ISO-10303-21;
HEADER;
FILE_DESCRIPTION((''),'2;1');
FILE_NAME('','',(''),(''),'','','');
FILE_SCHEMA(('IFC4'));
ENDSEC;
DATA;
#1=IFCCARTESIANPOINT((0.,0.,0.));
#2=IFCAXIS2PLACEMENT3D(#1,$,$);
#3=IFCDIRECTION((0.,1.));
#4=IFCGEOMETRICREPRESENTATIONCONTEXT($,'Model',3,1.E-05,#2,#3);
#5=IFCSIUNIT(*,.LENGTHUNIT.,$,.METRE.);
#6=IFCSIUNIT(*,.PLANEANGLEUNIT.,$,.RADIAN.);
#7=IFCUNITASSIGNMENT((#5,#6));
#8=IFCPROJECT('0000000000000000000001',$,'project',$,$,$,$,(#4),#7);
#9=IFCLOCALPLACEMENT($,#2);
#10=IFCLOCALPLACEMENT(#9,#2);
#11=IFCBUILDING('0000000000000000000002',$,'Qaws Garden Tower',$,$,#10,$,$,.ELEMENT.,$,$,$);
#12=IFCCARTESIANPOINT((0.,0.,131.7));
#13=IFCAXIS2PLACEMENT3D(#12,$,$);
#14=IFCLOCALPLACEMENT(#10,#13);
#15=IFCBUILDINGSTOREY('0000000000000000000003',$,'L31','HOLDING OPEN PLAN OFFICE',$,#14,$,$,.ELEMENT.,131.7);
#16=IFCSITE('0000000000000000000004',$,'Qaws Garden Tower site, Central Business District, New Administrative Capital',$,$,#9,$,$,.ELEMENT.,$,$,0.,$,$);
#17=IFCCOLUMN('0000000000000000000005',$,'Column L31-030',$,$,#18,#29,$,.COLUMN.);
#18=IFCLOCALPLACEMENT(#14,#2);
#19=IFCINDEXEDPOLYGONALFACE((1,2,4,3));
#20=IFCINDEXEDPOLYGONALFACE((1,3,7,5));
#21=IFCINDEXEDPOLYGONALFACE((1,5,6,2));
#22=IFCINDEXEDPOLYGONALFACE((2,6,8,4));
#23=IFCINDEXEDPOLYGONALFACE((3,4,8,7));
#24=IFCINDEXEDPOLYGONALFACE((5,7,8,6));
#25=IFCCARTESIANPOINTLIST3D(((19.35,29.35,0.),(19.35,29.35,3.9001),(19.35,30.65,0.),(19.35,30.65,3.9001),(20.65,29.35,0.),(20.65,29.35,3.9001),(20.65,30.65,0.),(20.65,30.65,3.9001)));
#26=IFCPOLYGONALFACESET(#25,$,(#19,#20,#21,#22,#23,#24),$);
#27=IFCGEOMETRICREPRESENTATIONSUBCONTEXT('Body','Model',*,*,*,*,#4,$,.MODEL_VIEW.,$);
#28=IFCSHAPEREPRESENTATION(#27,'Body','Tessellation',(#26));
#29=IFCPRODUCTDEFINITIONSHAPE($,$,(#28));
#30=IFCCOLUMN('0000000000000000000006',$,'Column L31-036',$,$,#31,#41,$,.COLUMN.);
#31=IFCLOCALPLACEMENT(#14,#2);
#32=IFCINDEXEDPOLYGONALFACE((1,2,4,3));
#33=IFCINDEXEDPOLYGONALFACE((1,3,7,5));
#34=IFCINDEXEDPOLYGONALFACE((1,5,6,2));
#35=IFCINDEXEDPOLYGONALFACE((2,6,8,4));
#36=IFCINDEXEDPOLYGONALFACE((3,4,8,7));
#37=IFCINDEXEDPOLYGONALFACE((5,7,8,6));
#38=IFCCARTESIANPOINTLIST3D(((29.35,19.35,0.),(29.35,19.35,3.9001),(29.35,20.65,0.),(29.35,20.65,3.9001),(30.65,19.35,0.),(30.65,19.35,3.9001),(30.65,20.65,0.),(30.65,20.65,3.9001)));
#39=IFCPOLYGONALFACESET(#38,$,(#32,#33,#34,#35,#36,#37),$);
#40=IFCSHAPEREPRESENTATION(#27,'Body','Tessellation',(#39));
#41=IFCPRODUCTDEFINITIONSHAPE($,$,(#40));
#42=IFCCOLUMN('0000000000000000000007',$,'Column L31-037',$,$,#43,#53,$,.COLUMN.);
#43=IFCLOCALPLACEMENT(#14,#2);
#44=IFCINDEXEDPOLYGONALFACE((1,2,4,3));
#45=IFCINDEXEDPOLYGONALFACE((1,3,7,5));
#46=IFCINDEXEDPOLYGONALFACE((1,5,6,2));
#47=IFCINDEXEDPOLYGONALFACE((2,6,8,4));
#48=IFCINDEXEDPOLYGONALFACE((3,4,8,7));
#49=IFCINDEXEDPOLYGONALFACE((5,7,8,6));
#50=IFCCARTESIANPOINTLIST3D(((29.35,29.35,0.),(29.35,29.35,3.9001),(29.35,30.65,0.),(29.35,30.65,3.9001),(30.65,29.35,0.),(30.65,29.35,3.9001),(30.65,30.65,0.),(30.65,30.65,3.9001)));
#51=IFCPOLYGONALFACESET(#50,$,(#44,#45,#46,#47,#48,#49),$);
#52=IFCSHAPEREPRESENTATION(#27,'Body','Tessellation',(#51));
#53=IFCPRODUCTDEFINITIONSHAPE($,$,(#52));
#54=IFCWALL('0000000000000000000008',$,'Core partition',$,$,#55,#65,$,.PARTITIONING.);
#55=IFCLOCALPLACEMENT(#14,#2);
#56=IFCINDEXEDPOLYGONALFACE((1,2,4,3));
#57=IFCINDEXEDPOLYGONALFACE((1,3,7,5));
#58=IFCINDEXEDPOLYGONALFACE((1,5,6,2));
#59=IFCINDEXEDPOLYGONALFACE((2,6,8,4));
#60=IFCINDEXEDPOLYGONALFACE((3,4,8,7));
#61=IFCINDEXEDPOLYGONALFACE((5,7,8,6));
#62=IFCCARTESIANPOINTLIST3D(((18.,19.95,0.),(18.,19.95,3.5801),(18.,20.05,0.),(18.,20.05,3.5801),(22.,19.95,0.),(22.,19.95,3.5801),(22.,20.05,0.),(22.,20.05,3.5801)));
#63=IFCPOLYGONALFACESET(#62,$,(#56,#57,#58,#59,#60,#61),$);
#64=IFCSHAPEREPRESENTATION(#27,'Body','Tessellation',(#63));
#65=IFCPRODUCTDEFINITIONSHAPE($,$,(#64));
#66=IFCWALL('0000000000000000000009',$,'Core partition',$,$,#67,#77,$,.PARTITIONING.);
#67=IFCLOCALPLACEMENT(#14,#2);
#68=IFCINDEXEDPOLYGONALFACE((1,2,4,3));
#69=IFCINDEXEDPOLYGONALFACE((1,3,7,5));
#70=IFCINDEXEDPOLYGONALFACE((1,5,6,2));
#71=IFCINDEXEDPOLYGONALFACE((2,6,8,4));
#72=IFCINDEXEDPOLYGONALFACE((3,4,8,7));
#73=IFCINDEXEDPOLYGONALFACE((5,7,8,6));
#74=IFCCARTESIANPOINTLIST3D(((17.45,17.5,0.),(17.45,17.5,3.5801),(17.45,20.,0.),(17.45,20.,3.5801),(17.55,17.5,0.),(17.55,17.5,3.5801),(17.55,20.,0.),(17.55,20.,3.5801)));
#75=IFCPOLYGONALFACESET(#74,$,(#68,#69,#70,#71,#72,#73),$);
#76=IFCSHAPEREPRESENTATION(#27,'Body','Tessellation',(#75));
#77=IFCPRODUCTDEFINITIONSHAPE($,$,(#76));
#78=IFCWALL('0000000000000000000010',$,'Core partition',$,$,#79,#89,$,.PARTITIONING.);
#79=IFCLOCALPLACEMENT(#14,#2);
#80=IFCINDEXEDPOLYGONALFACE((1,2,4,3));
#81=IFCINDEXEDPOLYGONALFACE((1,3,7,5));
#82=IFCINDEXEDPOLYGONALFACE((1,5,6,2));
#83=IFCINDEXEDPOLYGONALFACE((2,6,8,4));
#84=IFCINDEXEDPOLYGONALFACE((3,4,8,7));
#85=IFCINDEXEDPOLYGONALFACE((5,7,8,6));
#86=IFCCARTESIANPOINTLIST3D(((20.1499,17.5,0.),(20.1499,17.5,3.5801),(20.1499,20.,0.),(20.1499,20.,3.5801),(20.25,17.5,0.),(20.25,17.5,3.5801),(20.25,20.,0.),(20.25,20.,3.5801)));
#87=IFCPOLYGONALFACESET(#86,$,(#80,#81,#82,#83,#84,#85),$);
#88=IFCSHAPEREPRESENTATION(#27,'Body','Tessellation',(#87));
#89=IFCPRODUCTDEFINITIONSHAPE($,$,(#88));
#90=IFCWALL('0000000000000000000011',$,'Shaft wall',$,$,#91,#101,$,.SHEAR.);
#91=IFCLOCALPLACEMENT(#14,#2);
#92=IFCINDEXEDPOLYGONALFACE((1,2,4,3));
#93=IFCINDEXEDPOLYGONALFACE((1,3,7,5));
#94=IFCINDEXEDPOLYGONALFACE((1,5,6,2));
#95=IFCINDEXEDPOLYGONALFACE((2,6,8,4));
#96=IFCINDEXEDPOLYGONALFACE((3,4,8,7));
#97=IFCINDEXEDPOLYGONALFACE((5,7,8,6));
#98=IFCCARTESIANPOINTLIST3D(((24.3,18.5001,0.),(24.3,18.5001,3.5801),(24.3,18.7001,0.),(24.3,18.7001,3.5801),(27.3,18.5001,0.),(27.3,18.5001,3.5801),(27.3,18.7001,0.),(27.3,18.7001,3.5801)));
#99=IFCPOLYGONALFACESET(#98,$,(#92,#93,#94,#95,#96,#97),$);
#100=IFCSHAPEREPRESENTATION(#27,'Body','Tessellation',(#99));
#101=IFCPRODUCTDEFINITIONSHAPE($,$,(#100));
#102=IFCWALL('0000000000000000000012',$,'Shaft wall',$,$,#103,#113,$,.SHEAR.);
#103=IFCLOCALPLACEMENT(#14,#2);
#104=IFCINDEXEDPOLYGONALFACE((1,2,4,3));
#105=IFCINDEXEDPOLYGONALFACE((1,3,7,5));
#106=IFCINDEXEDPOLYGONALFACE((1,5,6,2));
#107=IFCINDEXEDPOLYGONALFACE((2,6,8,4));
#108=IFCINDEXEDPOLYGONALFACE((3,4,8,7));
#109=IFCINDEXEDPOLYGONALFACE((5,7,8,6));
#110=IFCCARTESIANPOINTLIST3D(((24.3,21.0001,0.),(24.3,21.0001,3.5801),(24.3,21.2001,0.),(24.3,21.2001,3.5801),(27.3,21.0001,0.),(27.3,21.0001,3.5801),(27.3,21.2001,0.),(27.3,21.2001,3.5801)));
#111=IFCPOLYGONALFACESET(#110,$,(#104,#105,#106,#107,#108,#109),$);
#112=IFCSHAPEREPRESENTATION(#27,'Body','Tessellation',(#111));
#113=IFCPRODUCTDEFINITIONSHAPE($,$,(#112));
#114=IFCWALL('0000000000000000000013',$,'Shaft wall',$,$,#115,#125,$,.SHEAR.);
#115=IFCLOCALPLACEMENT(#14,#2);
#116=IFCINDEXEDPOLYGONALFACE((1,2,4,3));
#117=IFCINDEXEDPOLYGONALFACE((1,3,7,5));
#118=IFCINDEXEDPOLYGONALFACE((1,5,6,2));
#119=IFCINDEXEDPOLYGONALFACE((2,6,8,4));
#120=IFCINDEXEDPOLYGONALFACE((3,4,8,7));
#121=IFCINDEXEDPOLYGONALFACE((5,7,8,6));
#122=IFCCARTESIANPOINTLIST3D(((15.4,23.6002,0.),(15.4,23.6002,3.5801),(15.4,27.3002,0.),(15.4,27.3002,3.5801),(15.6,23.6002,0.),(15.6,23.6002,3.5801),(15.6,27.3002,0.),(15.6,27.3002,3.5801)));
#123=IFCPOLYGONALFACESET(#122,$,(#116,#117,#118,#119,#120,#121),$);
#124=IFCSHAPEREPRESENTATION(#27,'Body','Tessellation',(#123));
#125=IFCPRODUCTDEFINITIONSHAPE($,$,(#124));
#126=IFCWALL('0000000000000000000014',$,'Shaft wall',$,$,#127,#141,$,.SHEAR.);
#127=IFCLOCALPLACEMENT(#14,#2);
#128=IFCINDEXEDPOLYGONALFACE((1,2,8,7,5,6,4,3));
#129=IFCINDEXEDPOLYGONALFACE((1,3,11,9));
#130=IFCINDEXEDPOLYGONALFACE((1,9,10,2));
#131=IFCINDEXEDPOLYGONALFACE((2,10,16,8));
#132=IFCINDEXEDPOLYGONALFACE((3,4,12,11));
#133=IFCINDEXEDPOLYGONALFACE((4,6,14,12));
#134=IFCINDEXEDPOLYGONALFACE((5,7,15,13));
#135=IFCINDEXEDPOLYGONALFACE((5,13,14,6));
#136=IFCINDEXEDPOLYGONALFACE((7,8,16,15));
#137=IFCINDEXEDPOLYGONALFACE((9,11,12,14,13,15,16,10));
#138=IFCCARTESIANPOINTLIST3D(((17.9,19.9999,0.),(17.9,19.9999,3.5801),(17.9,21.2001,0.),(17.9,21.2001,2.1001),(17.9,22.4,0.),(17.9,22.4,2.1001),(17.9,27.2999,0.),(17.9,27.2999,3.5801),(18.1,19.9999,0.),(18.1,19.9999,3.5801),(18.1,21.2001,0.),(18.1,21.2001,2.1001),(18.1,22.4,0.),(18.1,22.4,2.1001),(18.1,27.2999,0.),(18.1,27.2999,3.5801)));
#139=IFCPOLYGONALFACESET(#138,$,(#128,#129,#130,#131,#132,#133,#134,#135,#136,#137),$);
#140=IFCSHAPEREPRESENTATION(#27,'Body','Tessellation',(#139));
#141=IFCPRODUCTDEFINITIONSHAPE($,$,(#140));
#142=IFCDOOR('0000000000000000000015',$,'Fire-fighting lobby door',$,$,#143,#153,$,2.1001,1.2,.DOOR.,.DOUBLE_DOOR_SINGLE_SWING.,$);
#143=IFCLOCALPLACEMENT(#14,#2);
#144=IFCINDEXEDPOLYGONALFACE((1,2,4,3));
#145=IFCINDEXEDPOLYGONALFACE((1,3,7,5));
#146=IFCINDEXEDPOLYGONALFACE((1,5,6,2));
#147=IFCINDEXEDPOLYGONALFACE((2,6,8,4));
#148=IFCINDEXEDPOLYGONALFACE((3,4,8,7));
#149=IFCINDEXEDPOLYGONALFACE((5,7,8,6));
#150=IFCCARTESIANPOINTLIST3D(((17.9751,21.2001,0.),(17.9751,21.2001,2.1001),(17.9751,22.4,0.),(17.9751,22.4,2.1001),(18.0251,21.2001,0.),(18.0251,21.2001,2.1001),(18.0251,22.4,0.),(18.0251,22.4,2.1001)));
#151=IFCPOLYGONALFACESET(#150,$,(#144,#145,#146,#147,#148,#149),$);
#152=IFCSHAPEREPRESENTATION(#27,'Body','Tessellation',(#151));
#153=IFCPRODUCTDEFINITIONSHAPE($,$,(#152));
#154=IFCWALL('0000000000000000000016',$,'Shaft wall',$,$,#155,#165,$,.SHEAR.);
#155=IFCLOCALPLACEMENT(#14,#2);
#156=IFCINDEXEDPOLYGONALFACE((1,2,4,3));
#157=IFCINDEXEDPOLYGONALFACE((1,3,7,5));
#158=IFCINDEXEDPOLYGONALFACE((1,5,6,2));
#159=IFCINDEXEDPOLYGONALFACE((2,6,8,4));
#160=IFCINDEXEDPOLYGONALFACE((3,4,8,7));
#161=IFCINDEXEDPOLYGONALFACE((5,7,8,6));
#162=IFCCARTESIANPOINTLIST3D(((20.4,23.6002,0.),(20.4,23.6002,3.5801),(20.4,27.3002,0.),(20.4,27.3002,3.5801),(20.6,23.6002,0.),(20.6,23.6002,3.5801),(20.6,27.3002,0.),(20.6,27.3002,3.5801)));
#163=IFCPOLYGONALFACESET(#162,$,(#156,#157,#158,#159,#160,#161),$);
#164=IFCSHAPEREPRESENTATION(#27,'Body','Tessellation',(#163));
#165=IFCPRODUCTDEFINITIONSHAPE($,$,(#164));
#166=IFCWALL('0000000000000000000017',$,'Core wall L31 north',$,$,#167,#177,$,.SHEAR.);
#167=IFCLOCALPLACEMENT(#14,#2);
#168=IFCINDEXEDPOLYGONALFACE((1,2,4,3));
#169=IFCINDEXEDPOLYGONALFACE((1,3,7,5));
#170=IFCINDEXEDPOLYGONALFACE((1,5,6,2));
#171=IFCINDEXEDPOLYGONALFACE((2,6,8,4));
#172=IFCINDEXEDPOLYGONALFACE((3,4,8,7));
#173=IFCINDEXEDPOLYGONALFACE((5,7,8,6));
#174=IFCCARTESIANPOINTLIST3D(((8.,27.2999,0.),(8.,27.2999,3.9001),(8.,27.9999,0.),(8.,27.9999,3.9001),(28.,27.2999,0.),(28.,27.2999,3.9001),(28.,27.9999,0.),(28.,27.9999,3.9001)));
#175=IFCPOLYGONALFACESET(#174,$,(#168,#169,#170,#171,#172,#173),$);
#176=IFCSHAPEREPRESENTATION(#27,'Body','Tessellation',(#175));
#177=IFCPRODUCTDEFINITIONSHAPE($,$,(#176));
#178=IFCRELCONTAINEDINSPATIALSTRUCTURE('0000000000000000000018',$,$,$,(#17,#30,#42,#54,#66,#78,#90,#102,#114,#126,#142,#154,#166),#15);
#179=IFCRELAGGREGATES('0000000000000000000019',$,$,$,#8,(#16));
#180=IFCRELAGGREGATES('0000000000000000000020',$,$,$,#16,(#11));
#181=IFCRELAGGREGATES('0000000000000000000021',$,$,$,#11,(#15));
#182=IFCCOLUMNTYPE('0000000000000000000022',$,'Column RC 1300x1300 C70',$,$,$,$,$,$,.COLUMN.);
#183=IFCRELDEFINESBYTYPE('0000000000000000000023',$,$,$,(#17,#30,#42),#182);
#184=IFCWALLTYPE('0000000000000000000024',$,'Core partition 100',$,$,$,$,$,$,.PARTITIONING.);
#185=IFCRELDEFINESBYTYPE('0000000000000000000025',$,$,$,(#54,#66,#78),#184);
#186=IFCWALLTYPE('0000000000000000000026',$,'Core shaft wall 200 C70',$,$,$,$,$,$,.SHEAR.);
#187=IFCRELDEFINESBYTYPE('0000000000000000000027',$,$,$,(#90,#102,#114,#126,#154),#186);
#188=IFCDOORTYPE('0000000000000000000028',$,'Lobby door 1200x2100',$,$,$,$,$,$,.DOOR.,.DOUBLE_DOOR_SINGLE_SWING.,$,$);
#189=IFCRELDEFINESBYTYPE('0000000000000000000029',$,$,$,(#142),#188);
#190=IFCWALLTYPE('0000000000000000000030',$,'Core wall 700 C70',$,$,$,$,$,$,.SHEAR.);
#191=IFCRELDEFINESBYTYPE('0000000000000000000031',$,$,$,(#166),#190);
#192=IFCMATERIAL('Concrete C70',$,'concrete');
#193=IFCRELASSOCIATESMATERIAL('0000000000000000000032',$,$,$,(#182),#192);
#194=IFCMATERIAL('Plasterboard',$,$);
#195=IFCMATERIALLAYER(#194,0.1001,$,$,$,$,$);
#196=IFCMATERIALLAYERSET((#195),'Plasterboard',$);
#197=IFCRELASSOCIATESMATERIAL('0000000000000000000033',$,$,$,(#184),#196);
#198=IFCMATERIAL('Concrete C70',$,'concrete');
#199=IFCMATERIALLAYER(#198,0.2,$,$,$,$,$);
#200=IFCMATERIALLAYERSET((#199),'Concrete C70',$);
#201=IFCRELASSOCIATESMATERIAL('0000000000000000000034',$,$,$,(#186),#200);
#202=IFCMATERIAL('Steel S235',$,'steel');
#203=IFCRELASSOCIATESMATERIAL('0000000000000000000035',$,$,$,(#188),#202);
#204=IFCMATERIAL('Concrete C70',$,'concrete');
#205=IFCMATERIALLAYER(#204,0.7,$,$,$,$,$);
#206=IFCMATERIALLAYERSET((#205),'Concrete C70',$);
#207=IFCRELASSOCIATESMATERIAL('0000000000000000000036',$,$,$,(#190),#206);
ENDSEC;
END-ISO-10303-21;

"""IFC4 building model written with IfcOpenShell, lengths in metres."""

from ifc_helpers import new_model, si_unit, direction, frame, frame_2d, origin, origin_2d, place, context, subcontext, project, spatial, rectangle, extrude, material, layer, layer_set, material_profile, profile_set, type_object, element, fill, save


model = new_model("IFC4")

# Units and contexts
model_context = context("Model", 3, precision=1e-05, world=origin(), true_north=direction((0.0, 1.0)))
body_context = subcontext(model_context, "Body", "Model", "MODEL_VIEW")
ifc_project = project(units=[si_unit("LENGTHUNIT", "METRE"), si_unit("PLANEANGLEUNIT", "RADIAN")], contexts=[model_context])

# Site, building, storey
site_placement = place(None, origin())
site = spatial("IfcSite", under=ifc_project, at=site_placement, Name="Qaws Garden Tower site, Central Business District, New Administrative Capital", CompositionType="ELEMENT", RefElevation=0.0)
building_placement = place(site_placement, origin())
building = spatial("IfcBuilding", under=site, at=building_placement, Name="Qaws Garden Tower", CompositionType="ELEMENT")
storey_placement = place(building_placement, frame((0.0, 0.0, 131.7)))
storey = spatial("IfcBuildingStorey", under=building, at=storey_placement, Name="L31", Description="HOLDING OPEN PLAN OFFICE", CompositionType="ELEMENT", Elevation=131.7)

# Columns
ifc_material_1 = material(Name="Concrete C70", Category="concrete")
ifc_material_profile = material_profile(ifc_material_1, rectangle(XDim=1.3, YDim=1.3, at=origin_2d()), Name="RC 1300x1300")
ifc_profile_set = profile_set([ifc_material_profile], Name="Concrete C70")
column_type = type_object("IfcColumnType", Name="Column RC 1300x1300 C70", PredefinedType="COLUMN", material=ifc_profile_set)
for number, where, z_axis, x_axis, name in (
    (1, (20.0, 30.0, 0.0), (0.0, 0.0, 1.0), (1.0, 0.0, 0.0), "Column L31-030"),
    (2, (30.0, 20.0, 0.0), (0.0, 0.0, 1.0), (1.0, 0.0, 0.0), "Column L31-036"),
    (3, (30.0, 30.0, 0.0), (0.0, 0.0, 1.0), (1.0, 0.0, 0.0), "Column L31-037"),
):
    element("IfcColumn", number, at=place(storey_placement, frame(where, z_axis=z_axis, x_axis=x_axis)), inside=storey, type_object=column_type, Name=name, PredefinedType="COLUMN", context=body_context, shape_type="SweptSolid", body=[
        extrude(rectangle(XDim=1.3, YDim=1.3, at=origin_2d()), origin(), (0.0, 0.0, 1.0), 3.9001),
    ])

# Walls
ifc_material_2 = material(Name="Plasterboard")
ifc_layer_1 = layer(ifc_material_2, 0.1001)
ifc_layer_set_1 = layer_set([ifc_layer_1], Name="Plasterboard")
wall_type_1 = type_object("IfcWallType", Name="Core partition 100", PredefinedType="PARTITIONING", material=ifc_layer_set_1)
wall_1_placement = place(storey_placement, frame((18.0, 20.0, 0.0), z_axis=(0.0, 0.0, 1.0), x_axis=(1.0, 0.0, 0.0)))
element("IfcWall", 4, at=wall_1_placement, inside=storey, type_object=wall_type_1, Name="Core partition", PredefinedType="PARTITIONING", context=body_context, shape_type="SweptSolid", body=[
    extrude(rectangle(XDim=4.0, YDim=0.1001, at=frame_2d((2.0, 0.0))), origin(), (0.0, 0.0, 1.0), 3.5801),
])
for number, where, z_axis, x_axis, name in (
    (5, (17.5, 17.5, 0.0), (0.0, 0.0, 1.0), (0.0, 1.0, 0.0), "Core partition"),
    (6, (20.2, 17.5, 0.0), (0.0, 0.0, 1.0), (0.0, 1.0, 0.0), "Core partition"),
):
    element("IfcWall", number, at=place(storey_placement, frame(where, z_axis=z_axis, x_axis=x_axis)), inside=storey, type_object=wall_type_1, Name=name, PredefinedType="PARTITIONING", context=body_context, shape_type="SweptSolid", body=[
        extrude(rectangle(XDim=2.5, YDim=0.1001, at=frame_2d((1.25, 0.0))), origin(), (0.0, 0.0, 1.0), 3.5801),
    ])
ifc_material_3 = material(Name="Concrete C70", Category="concrete")
ifc_layer_2 = layer(ifc_material_3, 0.2)
ifc_layer_set_2 = layer_set([ifc_layer_2], Name="Concrete C70")
wall_type_2 = type_object("IfcWallType", Name="Core shaft wall 200 C70", PredefinedType="SHEAR", material=ifc_layer_set_2)
for number, where, z_axis, x_axis, name in (
    (7, (24.3, 18.6001, 0.0), (0.0, 0.0, 1.0), (1.0, 0.0, 0.0), "Shaft wall"),
    (8, (24.3, 21.1001, 0.0), (0.0, 0.0, 1.0), (1.0, 0.0, 0.0), "Shaft wall"),
):
    element("IfcWall", number, at=place(storey_placement, frame(where, z_axis=z_axis, x_axis=x_axis)), inside=storey, type_object=wall_type_2, Name=name, PredefinedType="SHEAR", context=body_context, shape_type="SweptSolid", body=[
        extrude(rectangle(XDim=3.0, YDim=0.2, at=frame_2d((1.5, 0.0))), origin(), (0.0, 0.0, 1.0), 3.5801),
    ])
wall_2_placement = place(storey_placement, frame((15.5, 23.6001, 0.0), z_axis=(0.0, 0.0, 1.0), x_axis=(0.0, 1.0, 0.0)))
element("IfcWall", 9, at=wall_2_placement, inside=storey, type_object=wall_type_2, Name="Shaft wall", PredefinedType="SHEAR", context=body_context, shape_type="SweptSolid", body=[
    extrude(rectangle(XDim=3.7, YDim=0.2, at=frame_2d((1.8501, 0.0))), origin(), (0.0, 0.0, 1.0), 3.5801),
])

# Wall, opening, door
wall_3_placement = place(storey_placement, frame((18.0, 20.0, 0.0), z_axis=(0.0, 0.0, 1.0), x_axis=(0.0, 1.0, 0.0)))
wall_3 = element("IfcWall", 10, at=wall_3_placement, inside=storey, type_object=wall_type_2, Name="Shaft wall", PredefinedType="SHEAR", context=body_context, shape_type="SweptSolid", body=[
    extrude(rectangle(XDim=7.3, YDim=0.2, at=frame_2d((3.6499, 0.0))), origin(), (0.0, 0.0, 1.0), 3.5801),
])
opening_1_placement = place(wall_3_placement, frame((1.2, 0.0, 0.0)))
opening_1 = element("IfcOpeningElement", 11, at=opening_1_placement, cuts=wall_3, PredefinedType="OPENING", context=body_context, shape_type="SweptSolid", body=[
    extrude(rectangle(XDim=1.2, YDim=2.1001, at=frame_2d((0.6001, 1.05))), frame((0.0, 0.1099, 0.0), z_axis=(0.0, -1.0, 0.0), x_axis=(1.0, 0.0, 0.0)), (0.0, 0.0, 1.0), 0.22),
])
ifc_material_4 = material(Name="Steel S235", Category="steel")
door_type_1 = type_object("IfcDoorType", Name="Lobby door 1200x2100", OperationType="DOUBLE_DOOR_SINGLE_SWING", PredefinedType="DOOR", material=ifc_material_4)
door_1_placement = place(opening_1_placement, origin())
door_1 = element("IfcDoor", 12, at=door_1_placement, inside=storey, type_object=door_type_1, Name="Fire-fighting lobby door", OperationType="DOUBLE_DOOR_SINGLE_SWING", OverallHeight=2.1001, OverallWidth=1.2, PredefinedType="DOOR", context=body_context, shape_type="SweptSolid", body=[
    extrude(rectangle(XDim=1.2, YDim=2.1001, at=frame_2d((0.6001, 1.05))), frame((0.0, 0.0249, 0.0), z_axis=(0.0, -1.0, 0.0), x_axis=(1.0, 0.0, 0.0)), (0.0, 0.0, 1.0), 0.05),
])
fill(opening_1, door_1)

# Walls
wall_4_placement = place(storey_placement, frame((20.5, 23.6001, 0.0), z_axis=(0.0, 0.0, 1.0), x_axis=(0.0, 1.0, 0.0)))
element("IfcWall", 13, at=wall_4_placement, inside=storey, type_object=wall_type_2, Name="Shaft wall", PredefinedType="SHEAR", context=body_context, shape_type="SweptSolid", body=[
    extrude(rectangle(XDim=3.7, YDim=0.2, at=frame_2d((1.8501, 0.0))), origin(), (0.0, 0.0, 1.0), 3.5801),
])
ifc_material_5 = material(Name="Concrete C70", Category="concrete")
ifc_layer_3 = layer(ifc_material_5, 0.7)
ifc_layer_set_3 = layer_set([ifc_layer_3], Name="Concrete C70")
wall_type_3 = type_object("IfcWallType", Name="Core wall 700 C70", PredefinedType="SHEAR", material=ifc_layer_set_3)
wall_5_placement = place(storey_placement, frame((28.0, 27.6499, 0.0), z_axis=(0.0, 0.0, 1.0), x_axis=(-1.0, 0.0, 0.0)))
element("IfcWall", 14, at=wall_5_placement, inside=storey, type_object=wall_type_3, Name="Core wall L31 north", PredefinedType="SHEAR", context=body_context, shape_type="SweptSolid", body=[
    extrude(rectangle(XDim=20.0, YDim=0.7, at=frame_2d((10.0, 0.0))), origin(), (0.0, 0.0, 1.0), 3.9001),
])

save(model, "model.ifc")
